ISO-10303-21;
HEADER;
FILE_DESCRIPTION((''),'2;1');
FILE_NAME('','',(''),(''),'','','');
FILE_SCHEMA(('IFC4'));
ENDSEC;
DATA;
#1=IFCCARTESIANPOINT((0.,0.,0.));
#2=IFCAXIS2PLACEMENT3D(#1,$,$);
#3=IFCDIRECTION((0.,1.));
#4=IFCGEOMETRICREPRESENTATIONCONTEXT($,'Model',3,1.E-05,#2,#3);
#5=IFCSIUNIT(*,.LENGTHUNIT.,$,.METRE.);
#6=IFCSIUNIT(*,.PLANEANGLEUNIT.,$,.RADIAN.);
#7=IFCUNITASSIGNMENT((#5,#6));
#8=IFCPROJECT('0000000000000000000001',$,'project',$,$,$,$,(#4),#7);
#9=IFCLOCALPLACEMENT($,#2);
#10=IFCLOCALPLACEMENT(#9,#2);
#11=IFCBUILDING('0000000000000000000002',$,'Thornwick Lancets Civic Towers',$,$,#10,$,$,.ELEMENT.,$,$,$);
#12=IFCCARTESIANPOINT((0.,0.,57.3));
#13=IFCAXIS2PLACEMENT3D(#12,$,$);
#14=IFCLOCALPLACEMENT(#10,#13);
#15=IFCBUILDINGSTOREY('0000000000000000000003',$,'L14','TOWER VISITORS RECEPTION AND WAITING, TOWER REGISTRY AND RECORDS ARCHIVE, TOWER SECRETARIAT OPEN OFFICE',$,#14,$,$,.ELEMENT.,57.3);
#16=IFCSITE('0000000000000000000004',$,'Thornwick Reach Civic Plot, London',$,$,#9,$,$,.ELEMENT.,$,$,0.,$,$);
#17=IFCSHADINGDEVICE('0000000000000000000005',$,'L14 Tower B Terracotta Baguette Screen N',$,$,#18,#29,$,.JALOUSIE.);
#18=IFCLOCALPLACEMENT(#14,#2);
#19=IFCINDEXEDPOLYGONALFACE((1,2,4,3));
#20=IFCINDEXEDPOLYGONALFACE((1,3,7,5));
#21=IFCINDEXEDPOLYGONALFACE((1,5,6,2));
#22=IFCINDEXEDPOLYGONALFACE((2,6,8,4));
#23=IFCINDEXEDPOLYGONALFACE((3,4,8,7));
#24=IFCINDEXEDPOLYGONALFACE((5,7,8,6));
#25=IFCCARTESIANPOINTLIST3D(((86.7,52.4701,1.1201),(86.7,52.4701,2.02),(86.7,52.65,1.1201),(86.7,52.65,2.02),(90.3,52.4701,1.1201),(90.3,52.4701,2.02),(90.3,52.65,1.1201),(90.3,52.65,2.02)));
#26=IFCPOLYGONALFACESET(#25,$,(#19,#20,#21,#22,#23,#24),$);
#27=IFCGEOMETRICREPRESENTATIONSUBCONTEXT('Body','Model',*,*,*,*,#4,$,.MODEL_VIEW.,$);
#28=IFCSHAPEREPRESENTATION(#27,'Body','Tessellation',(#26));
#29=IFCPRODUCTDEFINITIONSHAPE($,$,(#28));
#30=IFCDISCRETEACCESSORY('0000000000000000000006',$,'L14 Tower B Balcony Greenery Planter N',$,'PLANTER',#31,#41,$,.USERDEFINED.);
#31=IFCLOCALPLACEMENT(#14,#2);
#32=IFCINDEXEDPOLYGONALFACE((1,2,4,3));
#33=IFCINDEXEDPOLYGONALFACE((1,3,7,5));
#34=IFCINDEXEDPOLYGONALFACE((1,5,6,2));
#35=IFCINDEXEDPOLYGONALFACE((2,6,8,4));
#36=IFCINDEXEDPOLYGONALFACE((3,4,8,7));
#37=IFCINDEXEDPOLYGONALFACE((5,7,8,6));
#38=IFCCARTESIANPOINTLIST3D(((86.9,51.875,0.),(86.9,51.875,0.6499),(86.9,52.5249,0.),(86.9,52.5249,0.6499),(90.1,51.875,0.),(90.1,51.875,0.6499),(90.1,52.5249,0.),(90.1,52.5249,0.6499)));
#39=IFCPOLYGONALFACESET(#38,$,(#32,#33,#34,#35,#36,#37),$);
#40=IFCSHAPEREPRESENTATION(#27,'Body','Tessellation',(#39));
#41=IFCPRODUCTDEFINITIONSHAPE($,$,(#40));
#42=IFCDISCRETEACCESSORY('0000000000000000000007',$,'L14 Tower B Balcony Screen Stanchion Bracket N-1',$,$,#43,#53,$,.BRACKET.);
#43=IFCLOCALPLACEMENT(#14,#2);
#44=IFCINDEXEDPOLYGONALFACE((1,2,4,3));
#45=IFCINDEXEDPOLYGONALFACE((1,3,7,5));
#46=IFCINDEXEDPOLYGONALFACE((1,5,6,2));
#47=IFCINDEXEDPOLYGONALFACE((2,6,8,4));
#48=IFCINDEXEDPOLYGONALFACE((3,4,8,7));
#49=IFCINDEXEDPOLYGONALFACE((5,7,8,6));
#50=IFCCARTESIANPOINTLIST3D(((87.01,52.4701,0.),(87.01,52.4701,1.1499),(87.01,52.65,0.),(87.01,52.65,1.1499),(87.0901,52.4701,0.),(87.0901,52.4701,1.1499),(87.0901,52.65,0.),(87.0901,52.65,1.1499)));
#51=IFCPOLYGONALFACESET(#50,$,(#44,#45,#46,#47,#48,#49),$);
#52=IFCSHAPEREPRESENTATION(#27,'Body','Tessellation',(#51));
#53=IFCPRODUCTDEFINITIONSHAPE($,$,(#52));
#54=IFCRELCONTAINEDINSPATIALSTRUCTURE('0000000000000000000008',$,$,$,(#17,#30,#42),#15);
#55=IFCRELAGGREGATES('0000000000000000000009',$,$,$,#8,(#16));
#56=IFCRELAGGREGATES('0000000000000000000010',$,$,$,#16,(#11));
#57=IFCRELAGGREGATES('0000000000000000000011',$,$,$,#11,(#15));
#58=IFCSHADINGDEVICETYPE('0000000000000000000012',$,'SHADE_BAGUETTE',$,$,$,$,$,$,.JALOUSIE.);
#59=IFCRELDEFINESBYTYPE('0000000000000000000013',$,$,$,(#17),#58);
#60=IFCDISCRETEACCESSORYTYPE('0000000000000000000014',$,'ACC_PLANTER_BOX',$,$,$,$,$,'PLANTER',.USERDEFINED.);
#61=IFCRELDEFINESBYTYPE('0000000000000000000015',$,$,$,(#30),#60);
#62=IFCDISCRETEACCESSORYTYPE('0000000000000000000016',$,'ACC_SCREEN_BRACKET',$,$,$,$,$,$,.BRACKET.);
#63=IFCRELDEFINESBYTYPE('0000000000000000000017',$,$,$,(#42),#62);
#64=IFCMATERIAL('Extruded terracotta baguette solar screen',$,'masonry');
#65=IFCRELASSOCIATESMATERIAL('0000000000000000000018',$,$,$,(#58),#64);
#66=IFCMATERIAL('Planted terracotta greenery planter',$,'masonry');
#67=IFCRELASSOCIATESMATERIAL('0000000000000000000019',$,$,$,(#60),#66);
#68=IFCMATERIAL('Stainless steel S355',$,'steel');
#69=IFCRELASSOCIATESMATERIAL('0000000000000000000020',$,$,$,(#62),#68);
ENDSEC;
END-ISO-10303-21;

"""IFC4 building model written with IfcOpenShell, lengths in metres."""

from ifc_helpers import new_model, si_unit, direction, frame, origin, origin_2d, place, context, subcontext, project, spatial, rectangle, extrude, material, type_object, element, save


model = new_model("IFC4")

# Units and contexts
model_context = context("Model", 3, precision=1e-05, world=origin(), true_north=direction((0.0, 1.0)))
body_context = subcontext(model_context, "Body", "Model", "MODEL_VIEW")
ifc_project = project(units=[si_unit("LENGTHUNIT", "METRE"), si_unit("PLANEANGLEUNIT", "RADIAN")], contexts=[model_context])

# Site, building, storey
site_placement = place(None, origin())
site = spatial("IfcSite", under=ifc_project, at=site_placement, Name="Thornwick Reach Civic Plot, London", CompositionType="ELEMENT", RefElevation=0.0)
building_placement = place(site_placement, origin())
building = spatial("IfcBuilding", under=site, at=building_placement, Name="Thornwick Lancets Civic Towers", CompositionType="ELEMENT")
storey_placement = place(building_placement, frame((0.0, 0.0, 57.3)))
storey = spatial("IfcBuildingStorey", under=building, at=storey_placement, Name="L14", Description="TOWER VISITORS RECEPTION AND WAITING, TOWER REGISTRY AND RECORDS ARCHIVE, TOWER SECRETARIAT OPEN OFFICE", CompositionType="ELEMENT", Elevation=57.3)

# Shading device
ifc_material_1 = material(Name="Extruded terracotta baguette solar screen", Category="masonry")
shading_device_type = type_object("IfcShadingDeviceType", Name="SHADE_BAGUETTE", PredefinedType="JALOUSIE", material=ifc_material_1)
shading_device_placement = place(storey_placement, frame((88.5, 52.5601, 1.1201), z_axis=(0.0, 0.0, 1.0), x_axis=(1.0, 0.0, 0.0)))
element("IfcShadingDevice", 1, at=shading_device_placement, inside=storey, type_object=shading_device_type, Name="L14 Tower B Terracotta Baguette Screen N", PredefinedType="JALOUSIE", context=body_context, shape_type="SweptSolid", body=[
    extrude(rectangle(XDim=3.6001, YDim=0.1799, at=origin_2d()), origin(), (0.0, 0.0, 1.0), 0.8999),
])

# Discrete accessories
ifc_material_2 = material(Name="Planted terracotta greenery planter", Category="masonry")
discrete_accessory_type_1 = type_object("IfcDiscreteAccessoryType", Name="ACC_PLANTER_BOX", ElementType="PLANTER", PredefinedType="USERDEFINED", material=ifc_material_2)
discrete_accessory_1_placement = place(storey_placement, frame((88.5, 52.2, 0.0), z_axis=(0.0, 0.0, 1.0), x_axis=(1.0, 0.0, 0.0)))
element("IfcDiscreteAccessory", 2, at=discrete_accessory_1_placement, inside=storey, type_object=discrete_accessory_type_1, Name="L14 Tower B Balcony Greenery Planter N", ObjectType="PLANTER", PredefinedType="USERDEFINED", context=body_context, shape_type="SweptSolid", body=[
    extrude(rectangle(XDim=3.2, YDim=0.6499, at=origin_2d()), origin(), (0.0, 0.0, 1.0), 0.6499),
])
ifc_material_3 = material(Name="Stainless steel S355", Category="steel")
discrete_accessory_type_2 = type_object("IfcDiscreteAccessoryType", Name="ACC_SCREEN_BRACKET", PredefinedType="BRACKET", material=ifc_material_3)
discrete_accessory_2_placement = place(storey_placement, frame((87.05, 52.5601, 0.0), z_axis=(0.0, 0.0, 1.0), x_axis=(1.0, 0.0, 0.0)))
element("IfcDiscreteAccessory", 3, at=discrete_accessory_2_placement, inside=storey, type_object=discrete_accessory_type_2, Name="L14 Tower B Balcony Screen Stanchion Bracket N-1", PredefinedType="BRACKET", context=body_context, shape_type="SweptSolid", body=[
    extrude(rectangle(XDim=0.0801, YDim=0.1799, at=origin_2d()), origin(), (0.0, 0.0, 1.0), 1.1499),
])

save(model, "model.ifc")
